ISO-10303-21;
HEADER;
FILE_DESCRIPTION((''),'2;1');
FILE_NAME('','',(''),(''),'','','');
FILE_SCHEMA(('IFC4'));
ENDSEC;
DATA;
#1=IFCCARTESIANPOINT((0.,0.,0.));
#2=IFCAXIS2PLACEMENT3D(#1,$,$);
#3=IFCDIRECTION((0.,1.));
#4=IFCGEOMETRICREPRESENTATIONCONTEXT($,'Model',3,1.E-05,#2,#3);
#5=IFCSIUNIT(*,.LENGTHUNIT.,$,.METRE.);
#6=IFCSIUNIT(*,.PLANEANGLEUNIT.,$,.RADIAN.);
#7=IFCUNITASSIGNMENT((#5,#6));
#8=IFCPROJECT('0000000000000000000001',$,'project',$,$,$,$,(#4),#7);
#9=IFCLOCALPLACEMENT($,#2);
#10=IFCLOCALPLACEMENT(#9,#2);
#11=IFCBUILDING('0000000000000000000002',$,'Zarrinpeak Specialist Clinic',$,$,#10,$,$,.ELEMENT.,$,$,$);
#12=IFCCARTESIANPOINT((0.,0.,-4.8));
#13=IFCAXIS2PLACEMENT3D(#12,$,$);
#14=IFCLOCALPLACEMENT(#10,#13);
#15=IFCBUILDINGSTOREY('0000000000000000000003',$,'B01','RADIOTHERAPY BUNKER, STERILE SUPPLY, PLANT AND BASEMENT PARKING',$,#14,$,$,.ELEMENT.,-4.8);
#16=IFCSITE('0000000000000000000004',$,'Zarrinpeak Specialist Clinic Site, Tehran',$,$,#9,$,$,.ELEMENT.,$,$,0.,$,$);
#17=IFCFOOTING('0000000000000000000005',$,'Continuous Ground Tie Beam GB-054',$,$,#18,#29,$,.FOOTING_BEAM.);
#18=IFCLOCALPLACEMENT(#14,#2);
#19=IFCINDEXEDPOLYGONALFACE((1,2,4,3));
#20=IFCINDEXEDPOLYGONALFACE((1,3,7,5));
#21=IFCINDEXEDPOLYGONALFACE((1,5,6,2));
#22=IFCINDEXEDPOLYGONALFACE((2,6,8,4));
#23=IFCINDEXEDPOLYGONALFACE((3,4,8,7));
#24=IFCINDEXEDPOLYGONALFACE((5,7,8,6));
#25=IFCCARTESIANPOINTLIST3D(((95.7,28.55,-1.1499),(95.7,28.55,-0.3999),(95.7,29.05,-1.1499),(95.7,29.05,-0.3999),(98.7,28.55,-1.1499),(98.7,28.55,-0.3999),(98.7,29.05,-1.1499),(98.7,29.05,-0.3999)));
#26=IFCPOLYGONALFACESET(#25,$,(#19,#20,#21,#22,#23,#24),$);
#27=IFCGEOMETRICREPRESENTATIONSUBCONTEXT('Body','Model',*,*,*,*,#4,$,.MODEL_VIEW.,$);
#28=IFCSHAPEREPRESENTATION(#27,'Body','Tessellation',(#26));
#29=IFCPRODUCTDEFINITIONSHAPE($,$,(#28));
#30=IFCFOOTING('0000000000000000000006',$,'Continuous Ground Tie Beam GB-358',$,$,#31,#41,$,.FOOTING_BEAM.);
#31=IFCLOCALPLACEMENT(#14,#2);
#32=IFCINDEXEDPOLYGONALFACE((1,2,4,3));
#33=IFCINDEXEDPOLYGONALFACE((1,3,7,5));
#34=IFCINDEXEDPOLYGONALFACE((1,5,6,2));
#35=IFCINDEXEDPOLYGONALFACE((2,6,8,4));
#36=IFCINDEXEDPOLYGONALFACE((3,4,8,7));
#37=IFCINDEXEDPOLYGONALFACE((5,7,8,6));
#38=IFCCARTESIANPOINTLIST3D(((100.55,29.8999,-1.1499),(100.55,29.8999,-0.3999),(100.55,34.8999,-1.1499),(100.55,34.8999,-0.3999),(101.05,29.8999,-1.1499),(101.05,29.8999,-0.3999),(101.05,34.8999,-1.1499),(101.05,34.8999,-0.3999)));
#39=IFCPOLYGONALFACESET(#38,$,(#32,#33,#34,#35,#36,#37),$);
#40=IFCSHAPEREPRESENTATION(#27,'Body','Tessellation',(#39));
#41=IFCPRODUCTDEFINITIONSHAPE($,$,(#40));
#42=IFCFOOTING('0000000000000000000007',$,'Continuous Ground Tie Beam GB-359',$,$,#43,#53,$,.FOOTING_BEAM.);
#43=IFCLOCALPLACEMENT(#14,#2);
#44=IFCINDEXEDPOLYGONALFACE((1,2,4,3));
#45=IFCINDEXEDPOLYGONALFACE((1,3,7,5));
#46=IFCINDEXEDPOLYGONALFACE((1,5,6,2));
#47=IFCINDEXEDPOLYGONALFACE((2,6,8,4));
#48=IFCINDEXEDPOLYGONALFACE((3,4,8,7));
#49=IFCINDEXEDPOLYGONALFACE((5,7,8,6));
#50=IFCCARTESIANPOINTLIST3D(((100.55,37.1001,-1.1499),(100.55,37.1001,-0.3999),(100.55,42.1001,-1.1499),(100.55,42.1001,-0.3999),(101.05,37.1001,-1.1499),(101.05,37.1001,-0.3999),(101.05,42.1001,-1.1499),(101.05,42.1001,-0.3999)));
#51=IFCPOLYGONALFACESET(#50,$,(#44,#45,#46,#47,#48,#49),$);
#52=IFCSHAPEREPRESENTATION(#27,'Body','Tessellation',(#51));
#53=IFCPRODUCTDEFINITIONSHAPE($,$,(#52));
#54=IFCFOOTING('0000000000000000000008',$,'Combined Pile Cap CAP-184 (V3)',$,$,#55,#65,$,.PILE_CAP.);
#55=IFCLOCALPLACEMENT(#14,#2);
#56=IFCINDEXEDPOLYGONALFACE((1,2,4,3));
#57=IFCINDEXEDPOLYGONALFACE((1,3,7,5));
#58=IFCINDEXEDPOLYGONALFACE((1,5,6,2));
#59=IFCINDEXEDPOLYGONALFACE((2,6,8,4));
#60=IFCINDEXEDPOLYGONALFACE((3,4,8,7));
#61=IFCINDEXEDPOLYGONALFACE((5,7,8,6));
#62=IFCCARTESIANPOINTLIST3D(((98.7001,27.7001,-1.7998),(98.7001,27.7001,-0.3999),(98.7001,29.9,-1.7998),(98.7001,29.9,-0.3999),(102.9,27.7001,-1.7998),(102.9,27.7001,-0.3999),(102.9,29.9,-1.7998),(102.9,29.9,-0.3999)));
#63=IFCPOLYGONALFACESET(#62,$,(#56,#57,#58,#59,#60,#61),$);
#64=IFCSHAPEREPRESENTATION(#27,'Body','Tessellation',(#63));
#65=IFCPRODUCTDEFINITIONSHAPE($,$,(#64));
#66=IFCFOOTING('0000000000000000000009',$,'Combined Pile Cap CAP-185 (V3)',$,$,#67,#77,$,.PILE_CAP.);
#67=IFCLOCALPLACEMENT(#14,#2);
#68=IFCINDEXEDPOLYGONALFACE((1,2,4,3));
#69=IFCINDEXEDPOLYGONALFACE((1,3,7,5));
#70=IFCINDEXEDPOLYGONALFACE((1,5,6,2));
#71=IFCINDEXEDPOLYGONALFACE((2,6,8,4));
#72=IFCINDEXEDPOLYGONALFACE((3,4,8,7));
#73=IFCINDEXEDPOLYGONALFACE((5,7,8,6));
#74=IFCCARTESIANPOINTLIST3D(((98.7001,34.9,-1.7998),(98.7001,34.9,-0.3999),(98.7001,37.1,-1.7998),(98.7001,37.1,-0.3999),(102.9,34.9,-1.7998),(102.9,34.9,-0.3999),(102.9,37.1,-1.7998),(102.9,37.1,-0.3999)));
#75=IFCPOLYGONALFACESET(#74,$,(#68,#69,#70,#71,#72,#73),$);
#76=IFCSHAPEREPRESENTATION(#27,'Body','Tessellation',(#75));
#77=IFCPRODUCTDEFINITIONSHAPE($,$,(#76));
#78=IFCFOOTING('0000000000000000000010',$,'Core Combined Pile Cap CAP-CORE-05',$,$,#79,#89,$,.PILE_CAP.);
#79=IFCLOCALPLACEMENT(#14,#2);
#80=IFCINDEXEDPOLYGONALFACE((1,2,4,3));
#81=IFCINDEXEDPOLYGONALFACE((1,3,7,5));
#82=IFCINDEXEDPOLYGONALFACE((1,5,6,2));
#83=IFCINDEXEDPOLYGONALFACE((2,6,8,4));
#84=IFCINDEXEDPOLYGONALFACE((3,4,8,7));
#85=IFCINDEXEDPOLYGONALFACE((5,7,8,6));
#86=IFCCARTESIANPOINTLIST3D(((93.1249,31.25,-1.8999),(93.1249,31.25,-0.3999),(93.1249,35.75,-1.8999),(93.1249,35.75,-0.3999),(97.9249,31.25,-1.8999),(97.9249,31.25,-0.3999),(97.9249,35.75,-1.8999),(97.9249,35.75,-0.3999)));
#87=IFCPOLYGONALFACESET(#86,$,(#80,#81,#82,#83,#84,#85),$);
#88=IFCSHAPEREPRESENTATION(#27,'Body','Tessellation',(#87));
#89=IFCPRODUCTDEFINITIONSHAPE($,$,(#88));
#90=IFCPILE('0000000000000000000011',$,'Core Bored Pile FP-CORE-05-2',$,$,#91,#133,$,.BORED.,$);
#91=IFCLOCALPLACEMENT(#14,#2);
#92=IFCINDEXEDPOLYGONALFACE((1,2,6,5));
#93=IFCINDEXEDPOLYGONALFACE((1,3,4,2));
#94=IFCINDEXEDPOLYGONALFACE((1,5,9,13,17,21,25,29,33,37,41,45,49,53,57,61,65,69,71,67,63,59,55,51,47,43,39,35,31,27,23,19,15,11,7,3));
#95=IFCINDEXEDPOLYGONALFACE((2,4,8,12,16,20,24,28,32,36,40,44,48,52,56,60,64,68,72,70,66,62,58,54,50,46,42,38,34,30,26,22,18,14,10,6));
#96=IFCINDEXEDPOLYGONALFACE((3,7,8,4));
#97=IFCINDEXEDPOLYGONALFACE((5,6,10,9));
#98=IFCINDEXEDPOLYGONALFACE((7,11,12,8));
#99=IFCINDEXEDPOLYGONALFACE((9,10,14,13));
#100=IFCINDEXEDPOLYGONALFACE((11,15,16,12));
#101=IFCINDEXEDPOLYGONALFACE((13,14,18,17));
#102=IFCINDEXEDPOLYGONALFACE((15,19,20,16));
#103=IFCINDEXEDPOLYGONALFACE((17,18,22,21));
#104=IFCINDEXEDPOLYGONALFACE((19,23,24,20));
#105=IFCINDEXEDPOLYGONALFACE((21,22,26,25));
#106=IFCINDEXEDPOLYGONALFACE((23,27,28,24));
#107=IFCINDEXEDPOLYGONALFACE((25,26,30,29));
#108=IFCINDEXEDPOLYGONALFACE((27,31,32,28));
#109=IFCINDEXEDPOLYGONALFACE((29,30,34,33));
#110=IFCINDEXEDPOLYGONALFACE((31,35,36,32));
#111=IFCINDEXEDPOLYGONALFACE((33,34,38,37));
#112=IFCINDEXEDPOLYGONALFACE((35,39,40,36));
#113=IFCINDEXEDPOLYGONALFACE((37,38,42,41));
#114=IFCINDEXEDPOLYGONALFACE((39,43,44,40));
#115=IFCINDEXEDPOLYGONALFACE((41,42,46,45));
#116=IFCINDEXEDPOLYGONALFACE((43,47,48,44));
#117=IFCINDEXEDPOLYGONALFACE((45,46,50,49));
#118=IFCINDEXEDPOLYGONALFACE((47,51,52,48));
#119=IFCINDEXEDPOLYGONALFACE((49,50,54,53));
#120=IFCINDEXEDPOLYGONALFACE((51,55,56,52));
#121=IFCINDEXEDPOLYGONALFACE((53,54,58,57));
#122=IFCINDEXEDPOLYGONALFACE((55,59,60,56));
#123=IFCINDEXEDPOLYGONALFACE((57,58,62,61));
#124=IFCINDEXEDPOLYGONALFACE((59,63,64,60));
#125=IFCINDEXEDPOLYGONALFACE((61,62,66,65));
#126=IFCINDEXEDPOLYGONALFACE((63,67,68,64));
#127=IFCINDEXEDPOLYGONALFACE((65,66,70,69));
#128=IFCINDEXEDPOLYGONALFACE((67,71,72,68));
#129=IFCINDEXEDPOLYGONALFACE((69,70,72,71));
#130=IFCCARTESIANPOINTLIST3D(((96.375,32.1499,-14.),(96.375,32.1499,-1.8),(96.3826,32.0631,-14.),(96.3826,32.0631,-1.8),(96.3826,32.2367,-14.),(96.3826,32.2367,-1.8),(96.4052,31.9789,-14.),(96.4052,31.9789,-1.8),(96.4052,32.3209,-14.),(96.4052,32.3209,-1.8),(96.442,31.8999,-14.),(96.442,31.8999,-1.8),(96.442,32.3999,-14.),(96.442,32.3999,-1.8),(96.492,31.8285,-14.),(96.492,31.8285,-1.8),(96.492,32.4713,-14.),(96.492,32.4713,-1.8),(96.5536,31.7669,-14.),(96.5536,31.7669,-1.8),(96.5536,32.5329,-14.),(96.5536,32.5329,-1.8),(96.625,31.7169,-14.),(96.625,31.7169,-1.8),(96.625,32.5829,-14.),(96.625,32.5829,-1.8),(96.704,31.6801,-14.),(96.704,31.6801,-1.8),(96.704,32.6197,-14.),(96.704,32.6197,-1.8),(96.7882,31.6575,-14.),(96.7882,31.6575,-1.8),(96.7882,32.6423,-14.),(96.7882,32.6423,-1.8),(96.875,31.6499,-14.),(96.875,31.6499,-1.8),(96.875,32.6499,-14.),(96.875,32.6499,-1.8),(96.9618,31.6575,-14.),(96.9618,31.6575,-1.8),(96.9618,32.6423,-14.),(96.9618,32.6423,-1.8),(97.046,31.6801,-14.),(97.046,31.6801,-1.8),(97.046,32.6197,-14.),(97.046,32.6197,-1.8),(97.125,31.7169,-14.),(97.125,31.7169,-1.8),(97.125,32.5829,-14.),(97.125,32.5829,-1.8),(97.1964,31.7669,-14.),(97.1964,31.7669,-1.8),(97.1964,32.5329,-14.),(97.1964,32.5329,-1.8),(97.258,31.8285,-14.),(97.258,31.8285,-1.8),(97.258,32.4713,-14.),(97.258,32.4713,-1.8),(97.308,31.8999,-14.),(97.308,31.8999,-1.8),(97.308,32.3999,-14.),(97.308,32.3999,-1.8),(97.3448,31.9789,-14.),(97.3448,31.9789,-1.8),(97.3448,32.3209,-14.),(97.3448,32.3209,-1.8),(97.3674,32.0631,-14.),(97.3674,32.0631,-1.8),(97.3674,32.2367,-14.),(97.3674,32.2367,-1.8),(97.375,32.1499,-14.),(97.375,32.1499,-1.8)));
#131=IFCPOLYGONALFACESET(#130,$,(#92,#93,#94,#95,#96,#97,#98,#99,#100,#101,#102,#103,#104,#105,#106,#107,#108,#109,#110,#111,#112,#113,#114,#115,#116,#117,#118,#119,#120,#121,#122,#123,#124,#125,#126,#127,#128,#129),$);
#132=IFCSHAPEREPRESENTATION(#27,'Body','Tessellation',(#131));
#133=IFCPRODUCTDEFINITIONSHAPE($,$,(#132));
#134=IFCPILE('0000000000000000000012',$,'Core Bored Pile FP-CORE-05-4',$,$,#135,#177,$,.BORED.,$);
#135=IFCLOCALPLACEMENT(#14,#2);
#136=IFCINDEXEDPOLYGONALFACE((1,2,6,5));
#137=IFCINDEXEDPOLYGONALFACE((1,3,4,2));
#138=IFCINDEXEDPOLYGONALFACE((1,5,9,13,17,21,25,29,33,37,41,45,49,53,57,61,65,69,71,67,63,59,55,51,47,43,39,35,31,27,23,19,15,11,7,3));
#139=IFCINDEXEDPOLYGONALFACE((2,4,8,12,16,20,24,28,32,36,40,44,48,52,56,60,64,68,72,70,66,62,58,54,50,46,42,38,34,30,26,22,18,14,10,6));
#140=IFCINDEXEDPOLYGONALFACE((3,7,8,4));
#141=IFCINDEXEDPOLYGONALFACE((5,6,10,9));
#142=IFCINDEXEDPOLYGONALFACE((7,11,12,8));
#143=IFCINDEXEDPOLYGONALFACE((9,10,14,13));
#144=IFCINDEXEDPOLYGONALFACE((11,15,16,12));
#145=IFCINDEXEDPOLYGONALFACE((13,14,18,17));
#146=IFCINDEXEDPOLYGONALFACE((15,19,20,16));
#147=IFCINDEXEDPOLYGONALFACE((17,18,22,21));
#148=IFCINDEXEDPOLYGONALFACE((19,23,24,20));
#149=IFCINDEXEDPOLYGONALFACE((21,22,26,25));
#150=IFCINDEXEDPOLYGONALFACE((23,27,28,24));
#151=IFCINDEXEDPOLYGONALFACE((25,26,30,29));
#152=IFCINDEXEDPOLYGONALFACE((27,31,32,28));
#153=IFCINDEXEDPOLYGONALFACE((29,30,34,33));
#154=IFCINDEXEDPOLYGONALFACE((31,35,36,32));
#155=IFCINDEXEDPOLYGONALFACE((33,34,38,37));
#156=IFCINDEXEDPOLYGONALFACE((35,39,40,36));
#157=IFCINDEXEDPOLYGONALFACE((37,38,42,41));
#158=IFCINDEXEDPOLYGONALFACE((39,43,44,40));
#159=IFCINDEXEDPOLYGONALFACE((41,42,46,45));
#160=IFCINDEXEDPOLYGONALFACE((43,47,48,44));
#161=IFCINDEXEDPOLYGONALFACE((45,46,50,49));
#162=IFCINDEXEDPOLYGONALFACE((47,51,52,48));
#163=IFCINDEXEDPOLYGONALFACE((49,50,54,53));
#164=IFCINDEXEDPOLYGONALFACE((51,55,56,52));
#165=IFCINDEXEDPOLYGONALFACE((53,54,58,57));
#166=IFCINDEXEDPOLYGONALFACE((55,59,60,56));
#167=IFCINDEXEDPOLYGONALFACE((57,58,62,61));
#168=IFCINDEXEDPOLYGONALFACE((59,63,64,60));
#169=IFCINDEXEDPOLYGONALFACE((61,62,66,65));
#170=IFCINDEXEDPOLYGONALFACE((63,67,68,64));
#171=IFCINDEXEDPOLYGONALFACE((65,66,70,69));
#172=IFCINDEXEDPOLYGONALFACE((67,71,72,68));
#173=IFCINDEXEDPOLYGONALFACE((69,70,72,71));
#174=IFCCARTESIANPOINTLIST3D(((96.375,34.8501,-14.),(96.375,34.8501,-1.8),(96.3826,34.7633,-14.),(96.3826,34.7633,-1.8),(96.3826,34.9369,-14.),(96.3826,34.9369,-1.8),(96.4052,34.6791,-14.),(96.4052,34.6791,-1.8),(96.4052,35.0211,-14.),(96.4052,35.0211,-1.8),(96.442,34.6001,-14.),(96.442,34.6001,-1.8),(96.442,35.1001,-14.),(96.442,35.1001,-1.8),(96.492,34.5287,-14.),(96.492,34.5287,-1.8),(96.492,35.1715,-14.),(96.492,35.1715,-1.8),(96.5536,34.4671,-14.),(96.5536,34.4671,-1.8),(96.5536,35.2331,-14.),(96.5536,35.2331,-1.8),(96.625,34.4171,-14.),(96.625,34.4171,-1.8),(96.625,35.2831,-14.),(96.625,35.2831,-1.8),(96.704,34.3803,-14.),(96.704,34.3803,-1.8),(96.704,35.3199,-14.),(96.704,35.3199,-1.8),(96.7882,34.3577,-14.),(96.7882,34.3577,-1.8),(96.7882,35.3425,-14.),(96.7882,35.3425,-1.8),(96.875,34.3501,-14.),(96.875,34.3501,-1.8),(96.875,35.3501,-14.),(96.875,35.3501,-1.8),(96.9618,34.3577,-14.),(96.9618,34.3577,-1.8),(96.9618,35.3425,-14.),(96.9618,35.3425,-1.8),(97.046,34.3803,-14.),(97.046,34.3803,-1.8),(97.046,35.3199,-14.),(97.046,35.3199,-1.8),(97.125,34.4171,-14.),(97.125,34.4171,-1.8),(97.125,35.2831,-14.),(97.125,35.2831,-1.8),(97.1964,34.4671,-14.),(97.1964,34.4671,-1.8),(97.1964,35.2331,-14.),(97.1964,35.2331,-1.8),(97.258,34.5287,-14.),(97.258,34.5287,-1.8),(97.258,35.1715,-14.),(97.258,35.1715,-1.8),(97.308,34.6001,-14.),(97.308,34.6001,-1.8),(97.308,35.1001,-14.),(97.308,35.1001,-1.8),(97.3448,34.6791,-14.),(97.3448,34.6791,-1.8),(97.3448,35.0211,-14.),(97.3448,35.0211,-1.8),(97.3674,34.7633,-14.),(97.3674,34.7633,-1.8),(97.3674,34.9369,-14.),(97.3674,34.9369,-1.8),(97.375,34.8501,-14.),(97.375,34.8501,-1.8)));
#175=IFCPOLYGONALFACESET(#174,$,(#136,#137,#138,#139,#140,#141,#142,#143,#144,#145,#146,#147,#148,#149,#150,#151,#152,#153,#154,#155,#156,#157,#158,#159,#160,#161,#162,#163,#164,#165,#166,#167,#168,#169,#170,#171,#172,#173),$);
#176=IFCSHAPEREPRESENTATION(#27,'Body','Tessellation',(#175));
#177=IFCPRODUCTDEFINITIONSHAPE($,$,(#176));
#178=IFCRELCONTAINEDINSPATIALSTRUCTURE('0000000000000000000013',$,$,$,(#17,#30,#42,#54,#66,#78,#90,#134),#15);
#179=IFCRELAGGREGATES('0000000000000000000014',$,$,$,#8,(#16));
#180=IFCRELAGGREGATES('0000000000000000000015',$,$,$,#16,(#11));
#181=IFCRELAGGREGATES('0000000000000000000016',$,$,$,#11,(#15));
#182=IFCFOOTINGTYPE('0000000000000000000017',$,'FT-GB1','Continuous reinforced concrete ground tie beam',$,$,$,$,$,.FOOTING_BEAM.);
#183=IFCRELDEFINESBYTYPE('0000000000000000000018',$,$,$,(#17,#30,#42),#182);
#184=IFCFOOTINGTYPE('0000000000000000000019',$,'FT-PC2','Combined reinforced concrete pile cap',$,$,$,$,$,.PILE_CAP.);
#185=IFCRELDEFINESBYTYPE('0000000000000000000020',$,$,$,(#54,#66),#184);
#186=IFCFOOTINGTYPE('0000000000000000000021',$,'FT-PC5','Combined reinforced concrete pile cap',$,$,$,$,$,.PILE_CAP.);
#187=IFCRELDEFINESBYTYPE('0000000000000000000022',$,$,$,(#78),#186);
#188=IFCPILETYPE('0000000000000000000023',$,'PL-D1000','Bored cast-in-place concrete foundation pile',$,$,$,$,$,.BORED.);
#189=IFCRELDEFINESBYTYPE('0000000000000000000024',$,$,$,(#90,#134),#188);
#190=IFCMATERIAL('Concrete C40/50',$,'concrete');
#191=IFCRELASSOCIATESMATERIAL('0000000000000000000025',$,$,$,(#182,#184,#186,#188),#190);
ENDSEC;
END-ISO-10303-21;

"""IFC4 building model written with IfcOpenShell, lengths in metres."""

from ifc_helpers import new_model, si_unit, direction, frame, origin, origin_2d, place, context, subcontext, project, spatial, rectangle, circle, extrude, material, material_profile, profile_set, type_object, element, save


model = new_model("IFC4")

# Units and contexts
model_context = context("Model", 3, precision=1e-05, world=origin(), true_north=direction((0.0, 1.0)))
body_context = subcontext(model_context, "Body", "Model", "MODEL_VIEW")
ifc_project = project(units=[si_unit("LENGTHUNIT", "METRE"), si_unit("PLANEANGLEUNIT", "RADIAN")], contexts=[model_context])

# Site, building, storey
site_placement = place(None, origin())
site = spatial("IfcSite", under=ifc_project, at=site_placement, Name="Zarrinpeak Specialist Clinic Site, Tehran", CompositionType="ELEMENT", RefElevation=0.0)
building_placement = place(site_placement, origin())
building = spatial("IfcBuilding", under=site, at=building_placement, Name="Zarrinpeak Specialist Clinic", CompositionType="ELEMENT")
storey_placement = place(building_placement, frame((0.0, 0.0, -4.8)))
storey = spatial("IfcBuildingStorey", under=building, at=storey_placement, Name="B01", Description="RADIOTHERAPY BUNKER, STERILE SUPPLY, PLANT AND BASEMENT PARKING", CompositionType="ELEMENT", Elevation=-4.8)

# Footings
ifc_material_1 = material(Name="Concrete C40/50", Category="concrete")
ifc_material_profile_1 = material_profile(ifc_material_1, rectangle(XDim=0.5, YDim=0.75, at=origin_2d()), Name="RC 500x750")
ifc_profile_set_1 = profile_set([ifc_material_profile_1], Name="Concrete C40/50")
footing_type_1 = type_object("IfcFootingType", Name="FT-GB1", Description="Continuous reinforced concrete ground tie beam", PredefinedType="FOOTING_BEAM", material=ifc_profile_set_1)
footing_1_placement = place(storey_placement, frame((95.7, 28.8, -0.7749), z_axis=(1.0, 0.0, 0.0), x_axis=(0.0, 1.0, 0.0)))
element("IfcFooting", 1, at=footing_1_placement, inside=storey, type_object=footing_type_1, Name="Continuous Ground Tie Beam GB-054", PredefinedType="FOOTING_BEAM", context=body_context, shape_type="SweptSolid", body=[
    extrude(rectangle(XDim=0.5, YDim=0.75, at=origin_2d()), origin(), (0.0, 0.0, 1.0), 3.0),
])
for number, where, z_axis, x_axis, name in (
    (2, (100.8, 29.8999, -0.7749), (0.0, 1.0, 0.0), (-1.0, 0.0, 0.0), "Continuous Ground Tie Beam GB-358"),
    (3, (100.8, 37.1001, -0.7749), (0.0, 1.0, 0.0), (-1.0, 0.0, 0.0), "Continuous Ground Tie Beam GB-359"),
):
    element("IfcFooting", number, at=place(storey_placement, frame(where, z_axis=z_axis, x_axis=x_axis)), inside=storey, type_object=footing_type_1, Name=name, PredefinedType="FOOTING_BEAM", context=body_context, shape_type="SweptSolid", body=[
        extrude(rectangle(XDim=0.5, YDim=0.75, at=origin_2d()), origin(), (0.0, 0.0, 1.0), 5.0),
    ])
footing_type_2 = type_object("IfcFootingType", Name="FT-PC2", Description="Combined reinforced concrete pile cap", PredefinedType="PILE_CAP", material=ifc_material_1)
for number, where, z_axis, x_axis, name in (
    (4, (100.8, 28.8, -1.7998), (0.0, 0.0, 1.0), (1.0, 0.0, 0.0), "Combined Pile Cap CAP-184 (V3)"),
    (5, (100.8, 36.0, -1.7998), (0.0, 0.0, 1.0), (1.0, 0.0, 0.0), "Combined Pile Cap CAP-185 (V3)"),
):
    element("IfcFooting", number, at=place(storey_placement, frame(where, z_axis=z_axis, x_axis=x_axis)), inside=storey, type_object=footing_type_2, Name=name, PredefinedType="PILE_CAP", context=body_context, shape_type="SweptSolid", body=[
        extrude(rectangle(XDim=4.2, YDim=2.2, at=origin_2d()), origin(), (0.0, 0.0, 1.0), 1.3999),
    ])
footing_type_3 = type_object("IfcFootingType", Name="FT-PC5", Description="Combined reinforced concrete pile cap", PredefinedType="PILE_CAP", material=ifc_material_1)
footing_2_placement = place(storey_placement, frame((95.5249, 33.5, -1.8999), z_axis=(0.0, 0.0, 1.0), x_axis=(1.0, 0.0, 0.0)))
element("IfcFooting", 6, at=footing_2_placement, inside=storey, type_object=footing_type_3, Name="Core Combined Pile Cap CAP-CORE-05", PredefinedType="PILE_CAP", context=body_context, shape_type="SweptSolid", body=[
    extrude(rectangle(XDim=4.8, YDim=4.5, at=origin_2d()), origin(), (0.0, 0.0, 1.0), 1.5),
])

# Piles
ifc_material_profile_2 = material_profile(ifc_material_1, circle(Radius=0.5, at=origin_2d()), Name="BORED PILE D1000")
ifc_profile_set_2 = profile_set([ifc_material_profile_2], Name="Concrete C40/50")
pile_type_1 = type_object("IfcPileType", Name="PL-D1000", Description="Bored cast-in-place concrete foundation pile", PredefinedType="BORED", material=ifc_profile_set_2)
for number, where, z_axis, x_axis, name in (
    (7, (96.875, 32.1499, -1.8), (0.0, 0.0, -1.0), (1.0, 0.0, 0.0), "Core Bored Pile FP-CORE-05-2"),
    (8, (96.875, 34.8501, -1.8), (0.0, 0.0, -1.0), (1.0, 0.0, 0.0), "Core Bored Pile FP-CORE-05-4"),
):
    element("IfcPile", number, at=place(storey_placement, frame(where, z_axis=z_axis, x_axis=x_axis)), inside=storey, type_object=pile_type_1, Name=name, PredefinedType="BORED", context=body_context, shape_type="SweptSolid", body=[
        extrude(circle(Radius=0.5, at=origin_2d()), origin(), (0.0, 0.0, 1.0), 12.2),
    ])

save(model, "model.ifc")
